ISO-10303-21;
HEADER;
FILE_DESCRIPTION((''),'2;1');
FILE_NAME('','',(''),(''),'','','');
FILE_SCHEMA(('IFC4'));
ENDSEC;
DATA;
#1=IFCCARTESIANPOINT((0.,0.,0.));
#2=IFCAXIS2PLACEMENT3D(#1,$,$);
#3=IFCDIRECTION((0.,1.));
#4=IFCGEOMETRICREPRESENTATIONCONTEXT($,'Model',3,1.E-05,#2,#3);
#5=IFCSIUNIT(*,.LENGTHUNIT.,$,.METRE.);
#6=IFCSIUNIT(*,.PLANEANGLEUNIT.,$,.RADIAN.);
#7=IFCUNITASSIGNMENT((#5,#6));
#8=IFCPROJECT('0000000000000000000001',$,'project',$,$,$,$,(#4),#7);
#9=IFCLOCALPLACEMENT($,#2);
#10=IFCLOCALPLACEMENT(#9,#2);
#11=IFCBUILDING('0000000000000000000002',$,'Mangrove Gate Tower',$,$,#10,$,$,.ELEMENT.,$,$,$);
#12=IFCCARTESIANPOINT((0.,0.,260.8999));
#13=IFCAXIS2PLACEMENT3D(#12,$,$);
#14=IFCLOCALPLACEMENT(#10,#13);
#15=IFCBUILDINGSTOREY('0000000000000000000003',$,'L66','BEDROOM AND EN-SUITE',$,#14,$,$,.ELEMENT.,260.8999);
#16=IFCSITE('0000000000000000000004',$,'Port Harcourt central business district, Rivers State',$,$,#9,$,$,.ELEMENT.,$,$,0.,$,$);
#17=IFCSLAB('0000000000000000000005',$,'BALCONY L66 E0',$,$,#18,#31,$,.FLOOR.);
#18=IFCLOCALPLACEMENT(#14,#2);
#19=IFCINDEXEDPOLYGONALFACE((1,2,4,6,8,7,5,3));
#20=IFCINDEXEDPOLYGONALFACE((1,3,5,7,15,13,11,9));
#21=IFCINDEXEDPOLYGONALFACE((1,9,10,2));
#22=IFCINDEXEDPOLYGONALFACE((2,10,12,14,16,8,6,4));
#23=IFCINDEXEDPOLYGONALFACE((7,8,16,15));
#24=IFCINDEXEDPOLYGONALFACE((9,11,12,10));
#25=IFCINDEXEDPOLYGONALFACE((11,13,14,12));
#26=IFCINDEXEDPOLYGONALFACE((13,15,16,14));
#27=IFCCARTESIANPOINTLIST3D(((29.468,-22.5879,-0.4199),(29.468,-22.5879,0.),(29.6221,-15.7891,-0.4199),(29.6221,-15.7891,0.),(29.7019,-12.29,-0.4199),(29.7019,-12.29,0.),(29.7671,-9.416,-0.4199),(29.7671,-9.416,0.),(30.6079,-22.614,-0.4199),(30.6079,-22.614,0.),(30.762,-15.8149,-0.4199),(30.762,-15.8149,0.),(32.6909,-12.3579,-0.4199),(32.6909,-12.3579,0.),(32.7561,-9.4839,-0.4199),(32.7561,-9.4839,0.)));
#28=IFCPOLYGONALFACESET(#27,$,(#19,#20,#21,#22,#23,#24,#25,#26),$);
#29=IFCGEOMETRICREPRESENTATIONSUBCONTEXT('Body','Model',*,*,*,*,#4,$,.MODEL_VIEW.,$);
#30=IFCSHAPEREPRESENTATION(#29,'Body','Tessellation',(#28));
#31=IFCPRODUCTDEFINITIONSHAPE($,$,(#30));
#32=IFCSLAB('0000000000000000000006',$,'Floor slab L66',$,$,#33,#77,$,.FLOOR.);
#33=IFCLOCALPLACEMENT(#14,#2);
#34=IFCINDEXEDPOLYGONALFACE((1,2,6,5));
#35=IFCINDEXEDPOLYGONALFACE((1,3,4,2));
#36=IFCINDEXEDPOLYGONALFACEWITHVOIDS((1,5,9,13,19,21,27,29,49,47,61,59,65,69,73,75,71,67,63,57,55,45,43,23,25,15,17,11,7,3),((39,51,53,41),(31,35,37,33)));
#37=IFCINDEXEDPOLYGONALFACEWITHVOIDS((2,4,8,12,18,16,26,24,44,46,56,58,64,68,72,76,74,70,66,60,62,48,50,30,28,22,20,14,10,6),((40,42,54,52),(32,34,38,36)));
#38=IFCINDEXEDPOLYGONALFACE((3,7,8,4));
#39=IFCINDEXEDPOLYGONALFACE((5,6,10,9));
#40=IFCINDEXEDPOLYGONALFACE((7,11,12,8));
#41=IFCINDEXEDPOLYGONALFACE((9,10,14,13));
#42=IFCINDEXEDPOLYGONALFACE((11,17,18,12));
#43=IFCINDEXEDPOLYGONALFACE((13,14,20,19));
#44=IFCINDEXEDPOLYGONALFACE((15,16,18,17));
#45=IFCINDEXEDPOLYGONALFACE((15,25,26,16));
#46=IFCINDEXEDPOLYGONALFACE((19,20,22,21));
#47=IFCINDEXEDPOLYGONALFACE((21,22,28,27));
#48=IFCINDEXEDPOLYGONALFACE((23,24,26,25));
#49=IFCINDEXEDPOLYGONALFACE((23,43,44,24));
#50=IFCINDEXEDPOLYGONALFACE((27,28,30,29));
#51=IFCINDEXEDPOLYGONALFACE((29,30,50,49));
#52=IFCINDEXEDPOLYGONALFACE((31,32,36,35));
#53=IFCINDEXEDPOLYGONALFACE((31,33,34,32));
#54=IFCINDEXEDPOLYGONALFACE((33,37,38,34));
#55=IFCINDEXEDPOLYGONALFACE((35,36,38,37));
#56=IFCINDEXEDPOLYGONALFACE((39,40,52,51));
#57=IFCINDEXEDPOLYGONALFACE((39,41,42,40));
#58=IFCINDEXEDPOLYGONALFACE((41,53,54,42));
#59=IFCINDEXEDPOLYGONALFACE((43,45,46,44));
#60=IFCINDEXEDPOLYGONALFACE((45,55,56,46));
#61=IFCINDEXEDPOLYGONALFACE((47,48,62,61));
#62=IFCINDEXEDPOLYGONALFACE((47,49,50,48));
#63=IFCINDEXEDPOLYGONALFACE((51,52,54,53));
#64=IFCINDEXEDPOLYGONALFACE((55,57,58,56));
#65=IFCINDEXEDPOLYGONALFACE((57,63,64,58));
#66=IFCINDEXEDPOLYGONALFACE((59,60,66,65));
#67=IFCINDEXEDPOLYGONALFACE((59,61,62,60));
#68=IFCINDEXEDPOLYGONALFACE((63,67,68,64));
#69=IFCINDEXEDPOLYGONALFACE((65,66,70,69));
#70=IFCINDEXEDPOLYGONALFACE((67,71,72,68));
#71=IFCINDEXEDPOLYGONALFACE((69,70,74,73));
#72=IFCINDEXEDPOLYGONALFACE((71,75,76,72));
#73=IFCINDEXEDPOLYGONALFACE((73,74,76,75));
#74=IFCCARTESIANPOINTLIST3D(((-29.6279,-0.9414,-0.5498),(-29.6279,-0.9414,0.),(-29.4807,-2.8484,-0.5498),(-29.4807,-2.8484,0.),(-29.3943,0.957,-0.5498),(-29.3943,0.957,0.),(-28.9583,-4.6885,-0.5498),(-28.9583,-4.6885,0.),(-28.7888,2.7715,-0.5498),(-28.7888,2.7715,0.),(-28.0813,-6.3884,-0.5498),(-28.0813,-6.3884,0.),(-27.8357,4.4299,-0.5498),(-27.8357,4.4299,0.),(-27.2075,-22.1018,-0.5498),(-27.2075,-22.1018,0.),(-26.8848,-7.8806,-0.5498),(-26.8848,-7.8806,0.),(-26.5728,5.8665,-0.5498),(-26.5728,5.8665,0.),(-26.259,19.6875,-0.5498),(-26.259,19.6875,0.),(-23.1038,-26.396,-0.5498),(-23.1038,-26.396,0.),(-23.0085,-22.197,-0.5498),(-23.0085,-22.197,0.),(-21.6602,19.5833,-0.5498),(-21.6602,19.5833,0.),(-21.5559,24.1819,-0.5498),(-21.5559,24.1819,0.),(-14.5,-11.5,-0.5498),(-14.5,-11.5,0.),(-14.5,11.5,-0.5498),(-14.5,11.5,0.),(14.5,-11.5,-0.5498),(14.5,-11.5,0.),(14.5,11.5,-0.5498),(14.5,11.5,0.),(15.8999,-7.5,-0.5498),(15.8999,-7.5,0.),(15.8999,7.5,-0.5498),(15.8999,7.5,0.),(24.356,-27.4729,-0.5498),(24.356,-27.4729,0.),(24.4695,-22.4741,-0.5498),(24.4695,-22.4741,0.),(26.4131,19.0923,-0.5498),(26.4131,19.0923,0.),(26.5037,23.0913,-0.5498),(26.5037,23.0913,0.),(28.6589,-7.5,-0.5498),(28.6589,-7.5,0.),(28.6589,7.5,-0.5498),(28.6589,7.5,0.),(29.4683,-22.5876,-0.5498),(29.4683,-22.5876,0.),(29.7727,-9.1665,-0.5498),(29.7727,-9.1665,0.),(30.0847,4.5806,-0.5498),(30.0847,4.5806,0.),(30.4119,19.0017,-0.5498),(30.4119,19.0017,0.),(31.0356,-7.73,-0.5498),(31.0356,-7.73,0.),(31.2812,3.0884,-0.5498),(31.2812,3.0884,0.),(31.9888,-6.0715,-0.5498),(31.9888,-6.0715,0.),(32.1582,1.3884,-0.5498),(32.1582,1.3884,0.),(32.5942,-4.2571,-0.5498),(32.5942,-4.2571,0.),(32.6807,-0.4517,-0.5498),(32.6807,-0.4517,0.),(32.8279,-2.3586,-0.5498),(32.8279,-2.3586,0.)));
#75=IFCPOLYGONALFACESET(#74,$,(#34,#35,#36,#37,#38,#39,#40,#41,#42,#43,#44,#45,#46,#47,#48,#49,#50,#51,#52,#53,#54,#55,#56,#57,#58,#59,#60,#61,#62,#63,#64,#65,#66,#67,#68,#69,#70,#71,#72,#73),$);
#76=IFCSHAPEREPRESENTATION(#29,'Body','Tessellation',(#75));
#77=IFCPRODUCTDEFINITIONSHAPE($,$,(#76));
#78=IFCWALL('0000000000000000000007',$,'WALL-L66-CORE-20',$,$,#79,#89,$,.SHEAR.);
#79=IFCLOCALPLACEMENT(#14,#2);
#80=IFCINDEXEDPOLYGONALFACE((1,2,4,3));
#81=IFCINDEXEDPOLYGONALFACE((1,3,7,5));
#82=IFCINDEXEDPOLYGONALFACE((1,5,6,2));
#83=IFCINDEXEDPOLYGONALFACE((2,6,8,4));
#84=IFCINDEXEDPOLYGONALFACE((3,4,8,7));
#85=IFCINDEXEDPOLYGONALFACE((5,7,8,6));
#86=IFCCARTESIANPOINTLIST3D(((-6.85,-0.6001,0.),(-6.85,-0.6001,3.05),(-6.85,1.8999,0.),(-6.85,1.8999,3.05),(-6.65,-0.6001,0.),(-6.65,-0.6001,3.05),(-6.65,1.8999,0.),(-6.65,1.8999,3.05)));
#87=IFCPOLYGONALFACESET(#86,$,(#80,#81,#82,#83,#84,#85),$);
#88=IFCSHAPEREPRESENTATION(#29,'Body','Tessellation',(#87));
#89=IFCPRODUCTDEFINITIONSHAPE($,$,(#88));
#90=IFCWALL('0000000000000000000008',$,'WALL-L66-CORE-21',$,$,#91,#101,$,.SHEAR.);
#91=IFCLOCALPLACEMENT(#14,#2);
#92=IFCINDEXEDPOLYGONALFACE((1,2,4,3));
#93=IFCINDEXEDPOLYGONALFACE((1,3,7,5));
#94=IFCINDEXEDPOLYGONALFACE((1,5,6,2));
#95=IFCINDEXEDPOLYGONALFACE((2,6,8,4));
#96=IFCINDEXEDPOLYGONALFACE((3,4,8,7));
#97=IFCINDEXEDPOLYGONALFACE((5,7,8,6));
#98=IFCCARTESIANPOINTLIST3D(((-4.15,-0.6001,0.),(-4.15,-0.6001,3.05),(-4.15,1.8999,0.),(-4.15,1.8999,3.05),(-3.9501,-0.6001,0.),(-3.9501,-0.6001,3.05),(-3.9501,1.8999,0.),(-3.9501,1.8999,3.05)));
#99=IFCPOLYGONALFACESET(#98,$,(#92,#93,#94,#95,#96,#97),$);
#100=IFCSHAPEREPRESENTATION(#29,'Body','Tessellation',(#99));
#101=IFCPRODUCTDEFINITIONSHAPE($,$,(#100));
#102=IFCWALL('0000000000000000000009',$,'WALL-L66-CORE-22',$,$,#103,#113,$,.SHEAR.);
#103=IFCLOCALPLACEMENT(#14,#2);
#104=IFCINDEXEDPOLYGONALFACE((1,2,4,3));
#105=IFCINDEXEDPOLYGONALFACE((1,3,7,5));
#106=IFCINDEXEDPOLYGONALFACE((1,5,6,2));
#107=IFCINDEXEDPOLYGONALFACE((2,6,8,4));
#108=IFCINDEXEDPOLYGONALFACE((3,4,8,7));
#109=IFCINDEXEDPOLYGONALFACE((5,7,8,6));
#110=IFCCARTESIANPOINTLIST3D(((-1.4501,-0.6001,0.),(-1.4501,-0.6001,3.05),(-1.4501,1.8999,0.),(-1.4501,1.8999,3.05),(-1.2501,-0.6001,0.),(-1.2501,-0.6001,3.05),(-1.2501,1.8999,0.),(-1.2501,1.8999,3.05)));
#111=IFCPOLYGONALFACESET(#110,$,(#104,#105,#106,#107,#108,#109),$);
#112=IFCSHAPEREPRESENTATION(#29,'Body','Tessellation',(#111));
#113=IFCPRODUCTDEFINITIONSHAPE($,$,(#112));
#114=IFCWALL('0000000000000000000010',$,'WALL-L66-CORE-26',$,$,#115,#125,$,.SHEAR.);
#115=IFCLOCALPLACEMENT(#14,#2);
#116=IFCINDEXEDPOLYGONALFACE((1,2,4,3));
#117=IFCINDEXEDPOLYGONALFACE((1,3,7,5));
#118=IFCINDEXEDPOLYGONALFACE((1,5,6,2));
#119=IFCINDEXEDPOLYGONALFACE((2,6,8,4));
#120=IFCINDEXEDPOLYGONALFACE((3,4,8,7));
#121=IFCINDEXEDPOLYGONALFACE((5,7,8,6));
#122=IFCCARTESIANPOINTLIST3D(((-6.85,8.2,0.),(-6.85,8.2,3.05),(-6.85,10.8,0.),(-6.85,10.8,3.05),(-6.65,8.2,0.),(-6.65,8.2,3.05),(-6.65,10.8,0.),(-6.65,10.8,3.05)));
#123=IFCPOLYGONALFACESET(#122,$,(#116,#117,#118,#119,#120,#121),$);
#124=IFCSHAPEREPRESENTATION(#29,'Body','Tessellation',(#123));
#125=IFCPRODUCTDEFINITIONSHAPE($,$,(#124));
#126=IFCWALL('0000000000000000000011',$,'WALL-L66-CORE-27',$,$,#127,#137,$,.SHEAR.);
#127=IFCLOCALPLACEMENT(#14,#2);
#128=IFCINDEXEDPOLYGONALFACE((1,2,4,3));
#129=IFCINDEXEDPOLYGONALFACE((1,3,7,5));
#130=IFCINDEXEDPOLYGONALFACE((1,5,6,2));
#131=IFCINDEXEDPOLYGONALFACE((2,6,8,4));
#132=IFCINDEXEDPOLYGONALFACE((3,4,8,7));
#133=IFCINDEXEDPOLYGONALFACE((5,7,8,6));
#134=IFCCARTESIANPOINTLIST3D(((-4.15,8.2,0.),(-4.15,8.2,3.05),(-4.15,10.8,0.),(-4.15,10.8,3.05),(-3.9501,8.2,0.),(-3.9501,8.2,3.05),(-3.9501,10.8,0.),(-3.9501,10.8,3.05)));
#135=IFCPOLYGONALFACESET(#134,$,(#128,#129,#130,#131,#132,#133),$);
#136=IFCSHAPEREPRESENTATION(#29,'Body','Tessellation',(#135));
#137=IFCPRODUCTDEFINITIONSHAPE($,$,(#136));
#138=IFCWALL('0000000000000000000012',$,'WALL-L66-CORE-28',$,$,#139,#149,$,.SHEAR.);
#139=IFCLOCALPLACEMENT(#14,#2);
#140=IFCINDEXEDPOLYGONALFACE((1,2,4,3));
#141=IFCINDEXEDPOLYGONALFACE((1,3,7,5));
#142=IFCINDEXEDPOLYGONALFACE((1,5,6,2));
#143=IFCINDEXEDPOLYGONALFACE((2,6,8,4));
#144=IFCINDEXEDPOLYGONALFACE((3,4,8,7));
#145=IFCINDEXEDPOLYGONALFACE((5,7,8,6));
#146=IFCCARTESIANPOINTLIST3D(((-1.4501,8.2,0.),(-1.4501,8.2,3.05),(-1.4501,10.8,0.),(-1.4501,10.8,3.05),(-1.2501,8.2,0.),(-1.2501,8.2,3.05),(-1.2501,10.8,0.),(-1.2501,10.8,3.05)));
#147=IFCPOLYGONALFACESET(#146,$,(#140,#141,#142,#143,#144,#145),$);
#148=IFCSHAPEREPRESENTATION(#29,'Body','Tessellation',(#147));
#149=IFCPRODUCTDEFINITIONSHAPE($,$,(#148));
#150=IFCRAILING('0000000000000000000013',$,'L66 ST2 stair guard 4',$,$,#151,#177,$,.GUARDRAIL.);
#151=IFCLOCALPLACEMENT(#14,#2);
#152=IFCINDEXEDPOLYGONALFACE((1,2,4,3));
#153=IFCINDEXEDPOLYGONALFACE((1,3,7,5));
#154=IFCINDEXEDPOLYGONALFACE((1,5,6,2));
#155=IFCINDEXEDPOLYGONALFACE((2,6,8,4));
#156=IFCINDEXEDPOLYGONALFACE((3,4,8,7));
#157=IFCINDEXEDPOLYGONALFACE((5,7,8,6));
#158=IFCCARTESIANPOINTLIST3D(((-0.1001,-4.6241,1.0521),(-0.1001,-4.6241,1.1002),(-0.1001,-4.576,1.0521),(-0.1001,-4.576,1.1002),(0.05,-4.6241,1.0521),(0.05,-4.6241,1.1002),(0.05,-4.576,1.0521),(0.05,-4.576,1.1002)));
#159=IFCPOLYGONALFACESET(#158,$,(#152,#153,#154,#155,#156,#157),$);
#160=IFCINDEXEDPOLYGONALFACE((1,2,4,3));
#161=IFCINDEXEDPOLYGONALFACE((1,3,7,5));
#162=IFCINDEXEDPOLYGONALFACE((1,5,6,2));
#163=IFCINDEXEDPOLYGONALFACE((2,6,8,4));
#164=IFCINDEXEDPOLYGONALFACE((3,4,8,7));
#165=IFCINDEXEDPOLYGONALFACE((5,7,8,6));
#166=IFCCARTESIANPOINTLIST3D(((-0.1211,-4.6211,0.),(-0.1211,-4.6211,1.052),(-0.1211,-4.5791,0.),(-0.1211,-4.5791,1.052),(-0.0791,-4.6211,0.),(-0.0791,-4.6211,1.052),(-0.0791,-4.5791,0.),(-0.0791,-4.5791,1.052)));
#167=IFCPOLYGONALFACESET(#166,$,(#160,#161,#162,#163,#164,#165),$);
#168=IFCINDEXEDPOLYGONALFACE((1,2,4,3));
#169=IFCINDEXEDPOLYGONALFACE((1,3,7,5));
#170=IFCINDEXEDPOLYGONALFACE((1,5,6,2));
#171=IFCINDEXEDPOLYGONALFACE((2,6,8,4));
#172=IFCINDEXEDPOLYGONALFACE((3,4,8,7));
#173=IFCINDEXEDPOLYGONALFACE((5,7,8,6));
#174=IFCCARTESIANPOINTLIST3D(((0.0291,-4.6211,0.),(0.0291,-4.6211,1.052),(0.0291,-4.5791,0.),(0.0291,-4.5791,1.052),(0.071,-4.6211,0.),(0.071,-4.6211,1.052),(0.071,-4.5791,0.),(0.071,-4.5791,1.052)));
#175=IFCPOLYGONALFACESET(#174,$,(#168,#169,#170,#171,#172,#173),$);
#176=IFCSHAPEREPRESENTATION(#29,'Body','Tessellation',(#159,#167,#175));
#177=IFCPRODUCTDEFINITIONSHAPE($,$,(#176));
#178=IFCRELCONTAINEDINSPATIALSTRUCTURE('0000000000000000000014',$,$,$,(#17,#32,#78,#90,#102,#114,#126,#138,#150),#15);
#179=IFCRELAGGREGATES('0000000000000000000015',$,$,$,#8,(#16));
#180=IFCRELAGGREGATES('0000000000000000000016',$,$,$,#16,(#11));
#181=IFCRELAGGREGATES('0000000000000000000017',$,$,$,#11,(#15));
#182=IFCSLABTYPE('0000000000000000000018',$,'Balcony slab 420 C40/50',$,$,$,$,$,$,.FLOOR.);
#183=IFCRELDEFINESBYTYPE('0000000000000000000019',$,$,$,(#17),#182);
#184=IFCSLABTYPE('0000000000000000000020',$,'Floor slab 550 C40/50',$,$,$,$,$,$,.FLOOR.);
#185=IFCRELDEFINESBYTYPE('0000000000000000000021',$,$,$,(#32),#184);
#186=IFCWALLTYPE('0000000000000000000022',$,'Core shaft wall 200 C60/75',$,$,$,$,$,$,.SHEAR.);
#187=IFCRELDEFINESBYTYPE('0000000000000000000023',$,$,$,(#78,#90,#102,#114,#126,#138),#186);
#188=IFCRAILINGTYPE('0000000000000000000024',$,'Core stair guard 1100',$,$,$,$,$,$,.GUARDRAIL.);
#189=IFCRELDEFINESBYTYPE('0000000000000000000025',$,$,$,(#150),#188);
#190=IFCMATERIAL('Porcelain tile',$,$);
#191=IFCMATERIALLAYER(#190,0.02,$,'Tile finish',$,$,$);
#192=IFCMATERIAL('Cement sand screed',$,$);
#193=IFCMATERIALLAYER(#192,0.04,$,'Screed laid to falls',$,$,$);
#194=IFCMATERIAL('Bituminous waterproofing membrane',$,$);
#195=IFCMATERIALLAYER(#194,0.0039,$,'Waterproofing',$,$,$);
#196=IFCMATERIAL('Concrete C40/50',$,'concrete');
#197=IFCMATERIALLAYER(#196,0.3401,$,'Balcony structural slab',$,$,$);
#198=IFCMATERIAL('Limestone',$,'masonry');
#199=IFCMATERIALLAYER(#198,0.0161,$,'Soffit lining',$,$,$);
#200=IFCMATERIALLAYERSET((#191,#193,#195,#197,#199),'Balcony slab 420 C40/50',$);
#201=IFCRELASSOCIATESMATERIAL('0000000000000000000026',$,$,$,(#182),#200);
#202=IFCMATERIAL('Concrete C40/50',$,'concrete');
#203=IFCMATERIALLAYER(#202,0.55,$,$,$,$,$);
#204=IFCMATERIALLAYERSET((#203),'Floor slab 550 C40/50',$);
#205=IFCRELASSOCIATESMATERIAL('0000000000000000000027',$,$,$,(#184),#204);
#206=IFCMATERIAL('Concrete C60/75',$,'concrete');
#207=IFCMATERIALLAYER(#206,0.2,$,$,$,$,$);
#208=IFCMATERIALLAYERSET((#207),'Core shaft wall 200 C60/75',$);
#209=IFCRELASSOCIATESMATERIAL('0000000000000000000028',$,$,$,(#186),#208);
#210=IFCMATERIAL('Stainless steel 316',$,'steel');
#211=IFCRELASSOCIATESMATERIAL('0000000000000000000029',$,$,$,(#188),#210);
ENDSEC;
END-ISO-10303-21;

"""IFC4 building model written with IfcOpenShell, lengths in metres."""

from ifc_helpers import new_model, si_unit, direction, frame, frame_2d, origin, origin_2d, place, context, subcontext, project, spatial, polyline, rectangle, outline, extrude, material, layer, layer_set, type_object, element, save


model = new_model("IFC4")

# Units and contexts
model_context = context("Model", 3, precision=1e-05, world=origin(), true_north=direction((0.0, 1.0)))
body_context = subcontext(model_context, "Body", "Model", "MODEL_VIEW")
ifc_project = project(units=[si_unit("LENGTHUNIT", "METRE"), si_unit("PLANEANGLEUNIT", "RADIAN")], contexts=[model_context])

# Site, building, storey
site_placement = place(None, origin())
site = spatial("IfcSite", under=ifc_project, at=site_placement, Name="Port Harcourt central business district, Rivers State", CompositionType="ELEMENT", RefElevation=0.0)
building_placement = place(site_placement, origin())
building = spatial("IfcBuilding", under=site, at=building_placement, Name="Mangrove Gate Tower", CompositionType="ELEMENT")
storey_placement = place(building_placement, frame((0.0, 0.0, 260.8999)))
storey = spatial("IfcBuildingStorey", under=building, at=storey_placement, Name="L66", Description="BEDROOM AND EN-SUITE", CompositionType="ELEMENT", Elevation=260.8999)

# Slabs
ifc_material_1 = material(Name="Porcelain tile")
ifc_layer_1 = layer(ifc_material_1, 0.02, Name="Tile finish")
ifc_material_2 = material(Name="Cement sand screed")
ifc_layer_2 = layer(ifc_material_2, 0.04, Name="Screed laid to falls")
ifc_material_3 = material(Name="Bituminous waterproofing membrane")
ifc_layer_3 = layer(ifc_material_3, 0.0039, Name="Waterproofing")
ifc_material_4 = material(Name="Concrete C40/50", Category="concrete")
ifc_layer_4 = layer(ifc_material_4, 0.3401, Name="Balcony structural slab")
ifc_material_5 = material(Name="Limestone", Category="masonry")
ifc_layer_5 = layer(ifc_material_5, 0.0161, Name="Soffit lining")
ifc_layer_set_1 = layer_set([ifc_layer_1, ifc_layer_2, ifc_layer_3, ifc_layer_4, ifc_layer_5], Name="Balcony slab 420 C40/50")
slab_type_1 = type_object("IfcSlabType", Name="Balcony slab 420 C40/50", PredefinedType="FLOOR", material=ifc_layer_set_1)
slab_1_placement = place(storey_placement, frame((0.0, 0.0, -0.4199)))
element("IfcSlab", 1, at=slab_1_placement, inside=storey, type_object=slab_type_1, Name="BALCONY L66 E0", PredefinedType="FLOOR", context=body_context, shape_type="SweptSolid", body=[
    extrude(outline(polyline([(30.6079, -22.614), (30.762, -15.8149), (32.6909, -12.3579), (32.7561, -9.4839), (29.7671, -9.416), (29.7019, -12.29), (29.6221, -15.7891), (29.468, -22.5879), (30.6079, -22.614)])), origin(), (0.0, 0.0, 1.0), 0.4199),
])
ifc_material_6 = material(Name="Concrete C40/50", Category="concrete")
ifc_layer_6 = layer(ifc_material_6, 0.55)
ifc_layer_set_2 = layer_set([ifc_layer_6], Name="Floor slab 550 C40/50")
slab_type_2 = type_object("IfcSlabType", Name="Floor slab 550 C40/50", PredefinedType="FLOOR", material=ifc_layer_set_2)
slab_2_placement = place(storey_placement, frame((0.0, 0.0, -0.5498)))
element("IfcSlab", 2, at=slab_2_placement, inside=storey, type_object=slab_type_2, Name="Floor slab L66", PredefinedType="FLOOR", context=body_context, shape_type="SweptSolid", body=[
    extrude(outline(polyline([(-23.1038, -26.396), (24.356, -27.4729), (24.4695, -22.4741), (29.4683, -22.5876), (29.7727, -9.1665), (31.0356, -7.73), (31.9888, -6.0715), (32.5942, -4.2571), (32.8279, -2.3586), (32.6807, -0.4517), (32.1582, 1.3884), (31.2812, 3.0884), (30.0847, 4.5806), (30.4119, 19.0017), (26.4131, 19.0923), (26.5037, 23.0913), (-21.5559, 24.1819), (-21.6602, 19.5833), (-26.259, 19.6875), (-26.5728, 5.8665), (-27.8357, 4.4299), (-28.7888, 2.7715), (-29.3943, 0.957), (-29.6279, -0.9414), (-29.4807, -2.8484), (-28.9583, -4.6885), (-28.0813, -6.3884), (-26.8848, -7.8806), (-27.2075, -22.1018), (-23.0085, -22.197), (-23.1038, -26.396)]), holes=[polyline([(15.8999, 7.5), (28.6589, 7.5), (28.6589, -7.5), (15.8999, -7.5), (15.8999, 7.5)]), polyline([(-14.5, -11.5), (-14.5, 11.5), (14.5, 11.5), (14.5, -11.5), (-14.5, -11.5)])]), origin(), (0.0, 0.0, 1.0), 0.5498),
])

# Walls
ifc_material_7 = material(Name="Concrete C60/75", Category="concrete")
ifc_layer_7 = layer(ifc_material_7, 0.2)
ifc_layer_set_3 = layer_set([ifc_layer_7], Name="Core shaft wall 200 C60/75")
wall_type = type_object("IfcWallType", Name="Core shaft wall 200 C60/75", PredefinedType="SHEAR", material=ifc_layer_set_3)
for number, where, z_axis, x_axis, name in (
    (3, (-6.75, -0.6001, 0.0), (0.0, 0.0, 1.0), (0.0, 1.0, 0.0), "WALL-L66-CORE-20"),
    (4, (-4.05, -0.6001, 0.0), (0.0, 0.0, 1.0), (0.0, 1.0, 0.0), "WALL-L66-CORE-21"),
    (5, (-1.3501, -0.6001, 0.0), (0.0, 0.0, 1.0), (0.0, 1.0, 0.0), "WALL-L66-CORE-22"),
):
    element("IfcWall", number, at=place(storey_placement, frame(where, z_axis=z_axis, x_axis=x_axis)), inside=storey, type_object=wall_type, Name=name, PredefinedType="SHEAR", context=body_context, shape_type="SweptSolid", body=[
        extrude(rectangle(XDim=2.5, YDim=0.2, at=frame_2d((1.25, 0.0))), origin(), (0.0, 0.0, 1.0), 3.05),
    ])
for number, where, z_axis, x_axis, name in (
    (6, (-6.75, 8.2, 0.0), (0.0, 0.0, 1.0), (0.0, 1.0, 0.0), "WALL-L66-CORE-26"),
    (7, (-4.05, 8.2, 0.0), (0.0, 0.0, 1.0), (0.0, 1.0, 0.0), "WALL-L66-CORE-27"),
    (8, (-1.3501, 8.2, 0.0), (0.0, 0.0, 1.0), (0.0, 1.0, 0.0), "WALL-L66-CORE-28"),
):
    element("IfcWall", number, at=place(storey_placement, frame(where, z_axis=z_axis, x_axis=x_axis)), inside=storey, type_object=wall_type, Name=name, PredefinedType="SHEAR", context=body_context, shape_type="SweptSolid", body=[
        extrude(rectangle(XDim=2.6001, YDim=0.2, at=frame_2d((1.3, 0.0))), origin(), (0.0, 0.0, 1.0), 3.05),
    ])

# Railing
ifc_material_8 = material(Name="Stainless steel 316", Category="steel")
railing_type = type_object("IfcRailingType", Name="Core stair guard 1100", PredefinedType="GUARDRAIL", material=ifc_material_8)
railing_placement = place(storey_placement, frame((-0.1001, -4.6001, 0.0)))
element("IfcRailing", 9, at=railing_placement, inside=storey, type_object=railing_type, Name="L66 ST2 stair guard 4", PredefinedType="GUARDRAIL", context=body_context, shape_type="SweptSolid", body=[
    extrude(rectangle(XDim=0.0481, YDim=0.0481, at=origin_2d()), frame((0.0, 0.0, 1.0762), z_axis=(1.0, 0.0, 0.0), x_axis=(0.0, 1.0, 0.0)), (0.0, 0.0, 1.0), 0.1501),
    extrude(rectangle(XDim=0.042, YDim=0.042, at=origin_2d()), origin(), (0.0, 0.0, 1.0), 1.052),
    extrude(rectangle(XDim=0.042, YDim=0.042, at=origin_2d()), frame((0.1501, 0.0, 0.0)), (0.0, 0.0, 1.0), 1.052),
])

save(model, "model.ifc")
